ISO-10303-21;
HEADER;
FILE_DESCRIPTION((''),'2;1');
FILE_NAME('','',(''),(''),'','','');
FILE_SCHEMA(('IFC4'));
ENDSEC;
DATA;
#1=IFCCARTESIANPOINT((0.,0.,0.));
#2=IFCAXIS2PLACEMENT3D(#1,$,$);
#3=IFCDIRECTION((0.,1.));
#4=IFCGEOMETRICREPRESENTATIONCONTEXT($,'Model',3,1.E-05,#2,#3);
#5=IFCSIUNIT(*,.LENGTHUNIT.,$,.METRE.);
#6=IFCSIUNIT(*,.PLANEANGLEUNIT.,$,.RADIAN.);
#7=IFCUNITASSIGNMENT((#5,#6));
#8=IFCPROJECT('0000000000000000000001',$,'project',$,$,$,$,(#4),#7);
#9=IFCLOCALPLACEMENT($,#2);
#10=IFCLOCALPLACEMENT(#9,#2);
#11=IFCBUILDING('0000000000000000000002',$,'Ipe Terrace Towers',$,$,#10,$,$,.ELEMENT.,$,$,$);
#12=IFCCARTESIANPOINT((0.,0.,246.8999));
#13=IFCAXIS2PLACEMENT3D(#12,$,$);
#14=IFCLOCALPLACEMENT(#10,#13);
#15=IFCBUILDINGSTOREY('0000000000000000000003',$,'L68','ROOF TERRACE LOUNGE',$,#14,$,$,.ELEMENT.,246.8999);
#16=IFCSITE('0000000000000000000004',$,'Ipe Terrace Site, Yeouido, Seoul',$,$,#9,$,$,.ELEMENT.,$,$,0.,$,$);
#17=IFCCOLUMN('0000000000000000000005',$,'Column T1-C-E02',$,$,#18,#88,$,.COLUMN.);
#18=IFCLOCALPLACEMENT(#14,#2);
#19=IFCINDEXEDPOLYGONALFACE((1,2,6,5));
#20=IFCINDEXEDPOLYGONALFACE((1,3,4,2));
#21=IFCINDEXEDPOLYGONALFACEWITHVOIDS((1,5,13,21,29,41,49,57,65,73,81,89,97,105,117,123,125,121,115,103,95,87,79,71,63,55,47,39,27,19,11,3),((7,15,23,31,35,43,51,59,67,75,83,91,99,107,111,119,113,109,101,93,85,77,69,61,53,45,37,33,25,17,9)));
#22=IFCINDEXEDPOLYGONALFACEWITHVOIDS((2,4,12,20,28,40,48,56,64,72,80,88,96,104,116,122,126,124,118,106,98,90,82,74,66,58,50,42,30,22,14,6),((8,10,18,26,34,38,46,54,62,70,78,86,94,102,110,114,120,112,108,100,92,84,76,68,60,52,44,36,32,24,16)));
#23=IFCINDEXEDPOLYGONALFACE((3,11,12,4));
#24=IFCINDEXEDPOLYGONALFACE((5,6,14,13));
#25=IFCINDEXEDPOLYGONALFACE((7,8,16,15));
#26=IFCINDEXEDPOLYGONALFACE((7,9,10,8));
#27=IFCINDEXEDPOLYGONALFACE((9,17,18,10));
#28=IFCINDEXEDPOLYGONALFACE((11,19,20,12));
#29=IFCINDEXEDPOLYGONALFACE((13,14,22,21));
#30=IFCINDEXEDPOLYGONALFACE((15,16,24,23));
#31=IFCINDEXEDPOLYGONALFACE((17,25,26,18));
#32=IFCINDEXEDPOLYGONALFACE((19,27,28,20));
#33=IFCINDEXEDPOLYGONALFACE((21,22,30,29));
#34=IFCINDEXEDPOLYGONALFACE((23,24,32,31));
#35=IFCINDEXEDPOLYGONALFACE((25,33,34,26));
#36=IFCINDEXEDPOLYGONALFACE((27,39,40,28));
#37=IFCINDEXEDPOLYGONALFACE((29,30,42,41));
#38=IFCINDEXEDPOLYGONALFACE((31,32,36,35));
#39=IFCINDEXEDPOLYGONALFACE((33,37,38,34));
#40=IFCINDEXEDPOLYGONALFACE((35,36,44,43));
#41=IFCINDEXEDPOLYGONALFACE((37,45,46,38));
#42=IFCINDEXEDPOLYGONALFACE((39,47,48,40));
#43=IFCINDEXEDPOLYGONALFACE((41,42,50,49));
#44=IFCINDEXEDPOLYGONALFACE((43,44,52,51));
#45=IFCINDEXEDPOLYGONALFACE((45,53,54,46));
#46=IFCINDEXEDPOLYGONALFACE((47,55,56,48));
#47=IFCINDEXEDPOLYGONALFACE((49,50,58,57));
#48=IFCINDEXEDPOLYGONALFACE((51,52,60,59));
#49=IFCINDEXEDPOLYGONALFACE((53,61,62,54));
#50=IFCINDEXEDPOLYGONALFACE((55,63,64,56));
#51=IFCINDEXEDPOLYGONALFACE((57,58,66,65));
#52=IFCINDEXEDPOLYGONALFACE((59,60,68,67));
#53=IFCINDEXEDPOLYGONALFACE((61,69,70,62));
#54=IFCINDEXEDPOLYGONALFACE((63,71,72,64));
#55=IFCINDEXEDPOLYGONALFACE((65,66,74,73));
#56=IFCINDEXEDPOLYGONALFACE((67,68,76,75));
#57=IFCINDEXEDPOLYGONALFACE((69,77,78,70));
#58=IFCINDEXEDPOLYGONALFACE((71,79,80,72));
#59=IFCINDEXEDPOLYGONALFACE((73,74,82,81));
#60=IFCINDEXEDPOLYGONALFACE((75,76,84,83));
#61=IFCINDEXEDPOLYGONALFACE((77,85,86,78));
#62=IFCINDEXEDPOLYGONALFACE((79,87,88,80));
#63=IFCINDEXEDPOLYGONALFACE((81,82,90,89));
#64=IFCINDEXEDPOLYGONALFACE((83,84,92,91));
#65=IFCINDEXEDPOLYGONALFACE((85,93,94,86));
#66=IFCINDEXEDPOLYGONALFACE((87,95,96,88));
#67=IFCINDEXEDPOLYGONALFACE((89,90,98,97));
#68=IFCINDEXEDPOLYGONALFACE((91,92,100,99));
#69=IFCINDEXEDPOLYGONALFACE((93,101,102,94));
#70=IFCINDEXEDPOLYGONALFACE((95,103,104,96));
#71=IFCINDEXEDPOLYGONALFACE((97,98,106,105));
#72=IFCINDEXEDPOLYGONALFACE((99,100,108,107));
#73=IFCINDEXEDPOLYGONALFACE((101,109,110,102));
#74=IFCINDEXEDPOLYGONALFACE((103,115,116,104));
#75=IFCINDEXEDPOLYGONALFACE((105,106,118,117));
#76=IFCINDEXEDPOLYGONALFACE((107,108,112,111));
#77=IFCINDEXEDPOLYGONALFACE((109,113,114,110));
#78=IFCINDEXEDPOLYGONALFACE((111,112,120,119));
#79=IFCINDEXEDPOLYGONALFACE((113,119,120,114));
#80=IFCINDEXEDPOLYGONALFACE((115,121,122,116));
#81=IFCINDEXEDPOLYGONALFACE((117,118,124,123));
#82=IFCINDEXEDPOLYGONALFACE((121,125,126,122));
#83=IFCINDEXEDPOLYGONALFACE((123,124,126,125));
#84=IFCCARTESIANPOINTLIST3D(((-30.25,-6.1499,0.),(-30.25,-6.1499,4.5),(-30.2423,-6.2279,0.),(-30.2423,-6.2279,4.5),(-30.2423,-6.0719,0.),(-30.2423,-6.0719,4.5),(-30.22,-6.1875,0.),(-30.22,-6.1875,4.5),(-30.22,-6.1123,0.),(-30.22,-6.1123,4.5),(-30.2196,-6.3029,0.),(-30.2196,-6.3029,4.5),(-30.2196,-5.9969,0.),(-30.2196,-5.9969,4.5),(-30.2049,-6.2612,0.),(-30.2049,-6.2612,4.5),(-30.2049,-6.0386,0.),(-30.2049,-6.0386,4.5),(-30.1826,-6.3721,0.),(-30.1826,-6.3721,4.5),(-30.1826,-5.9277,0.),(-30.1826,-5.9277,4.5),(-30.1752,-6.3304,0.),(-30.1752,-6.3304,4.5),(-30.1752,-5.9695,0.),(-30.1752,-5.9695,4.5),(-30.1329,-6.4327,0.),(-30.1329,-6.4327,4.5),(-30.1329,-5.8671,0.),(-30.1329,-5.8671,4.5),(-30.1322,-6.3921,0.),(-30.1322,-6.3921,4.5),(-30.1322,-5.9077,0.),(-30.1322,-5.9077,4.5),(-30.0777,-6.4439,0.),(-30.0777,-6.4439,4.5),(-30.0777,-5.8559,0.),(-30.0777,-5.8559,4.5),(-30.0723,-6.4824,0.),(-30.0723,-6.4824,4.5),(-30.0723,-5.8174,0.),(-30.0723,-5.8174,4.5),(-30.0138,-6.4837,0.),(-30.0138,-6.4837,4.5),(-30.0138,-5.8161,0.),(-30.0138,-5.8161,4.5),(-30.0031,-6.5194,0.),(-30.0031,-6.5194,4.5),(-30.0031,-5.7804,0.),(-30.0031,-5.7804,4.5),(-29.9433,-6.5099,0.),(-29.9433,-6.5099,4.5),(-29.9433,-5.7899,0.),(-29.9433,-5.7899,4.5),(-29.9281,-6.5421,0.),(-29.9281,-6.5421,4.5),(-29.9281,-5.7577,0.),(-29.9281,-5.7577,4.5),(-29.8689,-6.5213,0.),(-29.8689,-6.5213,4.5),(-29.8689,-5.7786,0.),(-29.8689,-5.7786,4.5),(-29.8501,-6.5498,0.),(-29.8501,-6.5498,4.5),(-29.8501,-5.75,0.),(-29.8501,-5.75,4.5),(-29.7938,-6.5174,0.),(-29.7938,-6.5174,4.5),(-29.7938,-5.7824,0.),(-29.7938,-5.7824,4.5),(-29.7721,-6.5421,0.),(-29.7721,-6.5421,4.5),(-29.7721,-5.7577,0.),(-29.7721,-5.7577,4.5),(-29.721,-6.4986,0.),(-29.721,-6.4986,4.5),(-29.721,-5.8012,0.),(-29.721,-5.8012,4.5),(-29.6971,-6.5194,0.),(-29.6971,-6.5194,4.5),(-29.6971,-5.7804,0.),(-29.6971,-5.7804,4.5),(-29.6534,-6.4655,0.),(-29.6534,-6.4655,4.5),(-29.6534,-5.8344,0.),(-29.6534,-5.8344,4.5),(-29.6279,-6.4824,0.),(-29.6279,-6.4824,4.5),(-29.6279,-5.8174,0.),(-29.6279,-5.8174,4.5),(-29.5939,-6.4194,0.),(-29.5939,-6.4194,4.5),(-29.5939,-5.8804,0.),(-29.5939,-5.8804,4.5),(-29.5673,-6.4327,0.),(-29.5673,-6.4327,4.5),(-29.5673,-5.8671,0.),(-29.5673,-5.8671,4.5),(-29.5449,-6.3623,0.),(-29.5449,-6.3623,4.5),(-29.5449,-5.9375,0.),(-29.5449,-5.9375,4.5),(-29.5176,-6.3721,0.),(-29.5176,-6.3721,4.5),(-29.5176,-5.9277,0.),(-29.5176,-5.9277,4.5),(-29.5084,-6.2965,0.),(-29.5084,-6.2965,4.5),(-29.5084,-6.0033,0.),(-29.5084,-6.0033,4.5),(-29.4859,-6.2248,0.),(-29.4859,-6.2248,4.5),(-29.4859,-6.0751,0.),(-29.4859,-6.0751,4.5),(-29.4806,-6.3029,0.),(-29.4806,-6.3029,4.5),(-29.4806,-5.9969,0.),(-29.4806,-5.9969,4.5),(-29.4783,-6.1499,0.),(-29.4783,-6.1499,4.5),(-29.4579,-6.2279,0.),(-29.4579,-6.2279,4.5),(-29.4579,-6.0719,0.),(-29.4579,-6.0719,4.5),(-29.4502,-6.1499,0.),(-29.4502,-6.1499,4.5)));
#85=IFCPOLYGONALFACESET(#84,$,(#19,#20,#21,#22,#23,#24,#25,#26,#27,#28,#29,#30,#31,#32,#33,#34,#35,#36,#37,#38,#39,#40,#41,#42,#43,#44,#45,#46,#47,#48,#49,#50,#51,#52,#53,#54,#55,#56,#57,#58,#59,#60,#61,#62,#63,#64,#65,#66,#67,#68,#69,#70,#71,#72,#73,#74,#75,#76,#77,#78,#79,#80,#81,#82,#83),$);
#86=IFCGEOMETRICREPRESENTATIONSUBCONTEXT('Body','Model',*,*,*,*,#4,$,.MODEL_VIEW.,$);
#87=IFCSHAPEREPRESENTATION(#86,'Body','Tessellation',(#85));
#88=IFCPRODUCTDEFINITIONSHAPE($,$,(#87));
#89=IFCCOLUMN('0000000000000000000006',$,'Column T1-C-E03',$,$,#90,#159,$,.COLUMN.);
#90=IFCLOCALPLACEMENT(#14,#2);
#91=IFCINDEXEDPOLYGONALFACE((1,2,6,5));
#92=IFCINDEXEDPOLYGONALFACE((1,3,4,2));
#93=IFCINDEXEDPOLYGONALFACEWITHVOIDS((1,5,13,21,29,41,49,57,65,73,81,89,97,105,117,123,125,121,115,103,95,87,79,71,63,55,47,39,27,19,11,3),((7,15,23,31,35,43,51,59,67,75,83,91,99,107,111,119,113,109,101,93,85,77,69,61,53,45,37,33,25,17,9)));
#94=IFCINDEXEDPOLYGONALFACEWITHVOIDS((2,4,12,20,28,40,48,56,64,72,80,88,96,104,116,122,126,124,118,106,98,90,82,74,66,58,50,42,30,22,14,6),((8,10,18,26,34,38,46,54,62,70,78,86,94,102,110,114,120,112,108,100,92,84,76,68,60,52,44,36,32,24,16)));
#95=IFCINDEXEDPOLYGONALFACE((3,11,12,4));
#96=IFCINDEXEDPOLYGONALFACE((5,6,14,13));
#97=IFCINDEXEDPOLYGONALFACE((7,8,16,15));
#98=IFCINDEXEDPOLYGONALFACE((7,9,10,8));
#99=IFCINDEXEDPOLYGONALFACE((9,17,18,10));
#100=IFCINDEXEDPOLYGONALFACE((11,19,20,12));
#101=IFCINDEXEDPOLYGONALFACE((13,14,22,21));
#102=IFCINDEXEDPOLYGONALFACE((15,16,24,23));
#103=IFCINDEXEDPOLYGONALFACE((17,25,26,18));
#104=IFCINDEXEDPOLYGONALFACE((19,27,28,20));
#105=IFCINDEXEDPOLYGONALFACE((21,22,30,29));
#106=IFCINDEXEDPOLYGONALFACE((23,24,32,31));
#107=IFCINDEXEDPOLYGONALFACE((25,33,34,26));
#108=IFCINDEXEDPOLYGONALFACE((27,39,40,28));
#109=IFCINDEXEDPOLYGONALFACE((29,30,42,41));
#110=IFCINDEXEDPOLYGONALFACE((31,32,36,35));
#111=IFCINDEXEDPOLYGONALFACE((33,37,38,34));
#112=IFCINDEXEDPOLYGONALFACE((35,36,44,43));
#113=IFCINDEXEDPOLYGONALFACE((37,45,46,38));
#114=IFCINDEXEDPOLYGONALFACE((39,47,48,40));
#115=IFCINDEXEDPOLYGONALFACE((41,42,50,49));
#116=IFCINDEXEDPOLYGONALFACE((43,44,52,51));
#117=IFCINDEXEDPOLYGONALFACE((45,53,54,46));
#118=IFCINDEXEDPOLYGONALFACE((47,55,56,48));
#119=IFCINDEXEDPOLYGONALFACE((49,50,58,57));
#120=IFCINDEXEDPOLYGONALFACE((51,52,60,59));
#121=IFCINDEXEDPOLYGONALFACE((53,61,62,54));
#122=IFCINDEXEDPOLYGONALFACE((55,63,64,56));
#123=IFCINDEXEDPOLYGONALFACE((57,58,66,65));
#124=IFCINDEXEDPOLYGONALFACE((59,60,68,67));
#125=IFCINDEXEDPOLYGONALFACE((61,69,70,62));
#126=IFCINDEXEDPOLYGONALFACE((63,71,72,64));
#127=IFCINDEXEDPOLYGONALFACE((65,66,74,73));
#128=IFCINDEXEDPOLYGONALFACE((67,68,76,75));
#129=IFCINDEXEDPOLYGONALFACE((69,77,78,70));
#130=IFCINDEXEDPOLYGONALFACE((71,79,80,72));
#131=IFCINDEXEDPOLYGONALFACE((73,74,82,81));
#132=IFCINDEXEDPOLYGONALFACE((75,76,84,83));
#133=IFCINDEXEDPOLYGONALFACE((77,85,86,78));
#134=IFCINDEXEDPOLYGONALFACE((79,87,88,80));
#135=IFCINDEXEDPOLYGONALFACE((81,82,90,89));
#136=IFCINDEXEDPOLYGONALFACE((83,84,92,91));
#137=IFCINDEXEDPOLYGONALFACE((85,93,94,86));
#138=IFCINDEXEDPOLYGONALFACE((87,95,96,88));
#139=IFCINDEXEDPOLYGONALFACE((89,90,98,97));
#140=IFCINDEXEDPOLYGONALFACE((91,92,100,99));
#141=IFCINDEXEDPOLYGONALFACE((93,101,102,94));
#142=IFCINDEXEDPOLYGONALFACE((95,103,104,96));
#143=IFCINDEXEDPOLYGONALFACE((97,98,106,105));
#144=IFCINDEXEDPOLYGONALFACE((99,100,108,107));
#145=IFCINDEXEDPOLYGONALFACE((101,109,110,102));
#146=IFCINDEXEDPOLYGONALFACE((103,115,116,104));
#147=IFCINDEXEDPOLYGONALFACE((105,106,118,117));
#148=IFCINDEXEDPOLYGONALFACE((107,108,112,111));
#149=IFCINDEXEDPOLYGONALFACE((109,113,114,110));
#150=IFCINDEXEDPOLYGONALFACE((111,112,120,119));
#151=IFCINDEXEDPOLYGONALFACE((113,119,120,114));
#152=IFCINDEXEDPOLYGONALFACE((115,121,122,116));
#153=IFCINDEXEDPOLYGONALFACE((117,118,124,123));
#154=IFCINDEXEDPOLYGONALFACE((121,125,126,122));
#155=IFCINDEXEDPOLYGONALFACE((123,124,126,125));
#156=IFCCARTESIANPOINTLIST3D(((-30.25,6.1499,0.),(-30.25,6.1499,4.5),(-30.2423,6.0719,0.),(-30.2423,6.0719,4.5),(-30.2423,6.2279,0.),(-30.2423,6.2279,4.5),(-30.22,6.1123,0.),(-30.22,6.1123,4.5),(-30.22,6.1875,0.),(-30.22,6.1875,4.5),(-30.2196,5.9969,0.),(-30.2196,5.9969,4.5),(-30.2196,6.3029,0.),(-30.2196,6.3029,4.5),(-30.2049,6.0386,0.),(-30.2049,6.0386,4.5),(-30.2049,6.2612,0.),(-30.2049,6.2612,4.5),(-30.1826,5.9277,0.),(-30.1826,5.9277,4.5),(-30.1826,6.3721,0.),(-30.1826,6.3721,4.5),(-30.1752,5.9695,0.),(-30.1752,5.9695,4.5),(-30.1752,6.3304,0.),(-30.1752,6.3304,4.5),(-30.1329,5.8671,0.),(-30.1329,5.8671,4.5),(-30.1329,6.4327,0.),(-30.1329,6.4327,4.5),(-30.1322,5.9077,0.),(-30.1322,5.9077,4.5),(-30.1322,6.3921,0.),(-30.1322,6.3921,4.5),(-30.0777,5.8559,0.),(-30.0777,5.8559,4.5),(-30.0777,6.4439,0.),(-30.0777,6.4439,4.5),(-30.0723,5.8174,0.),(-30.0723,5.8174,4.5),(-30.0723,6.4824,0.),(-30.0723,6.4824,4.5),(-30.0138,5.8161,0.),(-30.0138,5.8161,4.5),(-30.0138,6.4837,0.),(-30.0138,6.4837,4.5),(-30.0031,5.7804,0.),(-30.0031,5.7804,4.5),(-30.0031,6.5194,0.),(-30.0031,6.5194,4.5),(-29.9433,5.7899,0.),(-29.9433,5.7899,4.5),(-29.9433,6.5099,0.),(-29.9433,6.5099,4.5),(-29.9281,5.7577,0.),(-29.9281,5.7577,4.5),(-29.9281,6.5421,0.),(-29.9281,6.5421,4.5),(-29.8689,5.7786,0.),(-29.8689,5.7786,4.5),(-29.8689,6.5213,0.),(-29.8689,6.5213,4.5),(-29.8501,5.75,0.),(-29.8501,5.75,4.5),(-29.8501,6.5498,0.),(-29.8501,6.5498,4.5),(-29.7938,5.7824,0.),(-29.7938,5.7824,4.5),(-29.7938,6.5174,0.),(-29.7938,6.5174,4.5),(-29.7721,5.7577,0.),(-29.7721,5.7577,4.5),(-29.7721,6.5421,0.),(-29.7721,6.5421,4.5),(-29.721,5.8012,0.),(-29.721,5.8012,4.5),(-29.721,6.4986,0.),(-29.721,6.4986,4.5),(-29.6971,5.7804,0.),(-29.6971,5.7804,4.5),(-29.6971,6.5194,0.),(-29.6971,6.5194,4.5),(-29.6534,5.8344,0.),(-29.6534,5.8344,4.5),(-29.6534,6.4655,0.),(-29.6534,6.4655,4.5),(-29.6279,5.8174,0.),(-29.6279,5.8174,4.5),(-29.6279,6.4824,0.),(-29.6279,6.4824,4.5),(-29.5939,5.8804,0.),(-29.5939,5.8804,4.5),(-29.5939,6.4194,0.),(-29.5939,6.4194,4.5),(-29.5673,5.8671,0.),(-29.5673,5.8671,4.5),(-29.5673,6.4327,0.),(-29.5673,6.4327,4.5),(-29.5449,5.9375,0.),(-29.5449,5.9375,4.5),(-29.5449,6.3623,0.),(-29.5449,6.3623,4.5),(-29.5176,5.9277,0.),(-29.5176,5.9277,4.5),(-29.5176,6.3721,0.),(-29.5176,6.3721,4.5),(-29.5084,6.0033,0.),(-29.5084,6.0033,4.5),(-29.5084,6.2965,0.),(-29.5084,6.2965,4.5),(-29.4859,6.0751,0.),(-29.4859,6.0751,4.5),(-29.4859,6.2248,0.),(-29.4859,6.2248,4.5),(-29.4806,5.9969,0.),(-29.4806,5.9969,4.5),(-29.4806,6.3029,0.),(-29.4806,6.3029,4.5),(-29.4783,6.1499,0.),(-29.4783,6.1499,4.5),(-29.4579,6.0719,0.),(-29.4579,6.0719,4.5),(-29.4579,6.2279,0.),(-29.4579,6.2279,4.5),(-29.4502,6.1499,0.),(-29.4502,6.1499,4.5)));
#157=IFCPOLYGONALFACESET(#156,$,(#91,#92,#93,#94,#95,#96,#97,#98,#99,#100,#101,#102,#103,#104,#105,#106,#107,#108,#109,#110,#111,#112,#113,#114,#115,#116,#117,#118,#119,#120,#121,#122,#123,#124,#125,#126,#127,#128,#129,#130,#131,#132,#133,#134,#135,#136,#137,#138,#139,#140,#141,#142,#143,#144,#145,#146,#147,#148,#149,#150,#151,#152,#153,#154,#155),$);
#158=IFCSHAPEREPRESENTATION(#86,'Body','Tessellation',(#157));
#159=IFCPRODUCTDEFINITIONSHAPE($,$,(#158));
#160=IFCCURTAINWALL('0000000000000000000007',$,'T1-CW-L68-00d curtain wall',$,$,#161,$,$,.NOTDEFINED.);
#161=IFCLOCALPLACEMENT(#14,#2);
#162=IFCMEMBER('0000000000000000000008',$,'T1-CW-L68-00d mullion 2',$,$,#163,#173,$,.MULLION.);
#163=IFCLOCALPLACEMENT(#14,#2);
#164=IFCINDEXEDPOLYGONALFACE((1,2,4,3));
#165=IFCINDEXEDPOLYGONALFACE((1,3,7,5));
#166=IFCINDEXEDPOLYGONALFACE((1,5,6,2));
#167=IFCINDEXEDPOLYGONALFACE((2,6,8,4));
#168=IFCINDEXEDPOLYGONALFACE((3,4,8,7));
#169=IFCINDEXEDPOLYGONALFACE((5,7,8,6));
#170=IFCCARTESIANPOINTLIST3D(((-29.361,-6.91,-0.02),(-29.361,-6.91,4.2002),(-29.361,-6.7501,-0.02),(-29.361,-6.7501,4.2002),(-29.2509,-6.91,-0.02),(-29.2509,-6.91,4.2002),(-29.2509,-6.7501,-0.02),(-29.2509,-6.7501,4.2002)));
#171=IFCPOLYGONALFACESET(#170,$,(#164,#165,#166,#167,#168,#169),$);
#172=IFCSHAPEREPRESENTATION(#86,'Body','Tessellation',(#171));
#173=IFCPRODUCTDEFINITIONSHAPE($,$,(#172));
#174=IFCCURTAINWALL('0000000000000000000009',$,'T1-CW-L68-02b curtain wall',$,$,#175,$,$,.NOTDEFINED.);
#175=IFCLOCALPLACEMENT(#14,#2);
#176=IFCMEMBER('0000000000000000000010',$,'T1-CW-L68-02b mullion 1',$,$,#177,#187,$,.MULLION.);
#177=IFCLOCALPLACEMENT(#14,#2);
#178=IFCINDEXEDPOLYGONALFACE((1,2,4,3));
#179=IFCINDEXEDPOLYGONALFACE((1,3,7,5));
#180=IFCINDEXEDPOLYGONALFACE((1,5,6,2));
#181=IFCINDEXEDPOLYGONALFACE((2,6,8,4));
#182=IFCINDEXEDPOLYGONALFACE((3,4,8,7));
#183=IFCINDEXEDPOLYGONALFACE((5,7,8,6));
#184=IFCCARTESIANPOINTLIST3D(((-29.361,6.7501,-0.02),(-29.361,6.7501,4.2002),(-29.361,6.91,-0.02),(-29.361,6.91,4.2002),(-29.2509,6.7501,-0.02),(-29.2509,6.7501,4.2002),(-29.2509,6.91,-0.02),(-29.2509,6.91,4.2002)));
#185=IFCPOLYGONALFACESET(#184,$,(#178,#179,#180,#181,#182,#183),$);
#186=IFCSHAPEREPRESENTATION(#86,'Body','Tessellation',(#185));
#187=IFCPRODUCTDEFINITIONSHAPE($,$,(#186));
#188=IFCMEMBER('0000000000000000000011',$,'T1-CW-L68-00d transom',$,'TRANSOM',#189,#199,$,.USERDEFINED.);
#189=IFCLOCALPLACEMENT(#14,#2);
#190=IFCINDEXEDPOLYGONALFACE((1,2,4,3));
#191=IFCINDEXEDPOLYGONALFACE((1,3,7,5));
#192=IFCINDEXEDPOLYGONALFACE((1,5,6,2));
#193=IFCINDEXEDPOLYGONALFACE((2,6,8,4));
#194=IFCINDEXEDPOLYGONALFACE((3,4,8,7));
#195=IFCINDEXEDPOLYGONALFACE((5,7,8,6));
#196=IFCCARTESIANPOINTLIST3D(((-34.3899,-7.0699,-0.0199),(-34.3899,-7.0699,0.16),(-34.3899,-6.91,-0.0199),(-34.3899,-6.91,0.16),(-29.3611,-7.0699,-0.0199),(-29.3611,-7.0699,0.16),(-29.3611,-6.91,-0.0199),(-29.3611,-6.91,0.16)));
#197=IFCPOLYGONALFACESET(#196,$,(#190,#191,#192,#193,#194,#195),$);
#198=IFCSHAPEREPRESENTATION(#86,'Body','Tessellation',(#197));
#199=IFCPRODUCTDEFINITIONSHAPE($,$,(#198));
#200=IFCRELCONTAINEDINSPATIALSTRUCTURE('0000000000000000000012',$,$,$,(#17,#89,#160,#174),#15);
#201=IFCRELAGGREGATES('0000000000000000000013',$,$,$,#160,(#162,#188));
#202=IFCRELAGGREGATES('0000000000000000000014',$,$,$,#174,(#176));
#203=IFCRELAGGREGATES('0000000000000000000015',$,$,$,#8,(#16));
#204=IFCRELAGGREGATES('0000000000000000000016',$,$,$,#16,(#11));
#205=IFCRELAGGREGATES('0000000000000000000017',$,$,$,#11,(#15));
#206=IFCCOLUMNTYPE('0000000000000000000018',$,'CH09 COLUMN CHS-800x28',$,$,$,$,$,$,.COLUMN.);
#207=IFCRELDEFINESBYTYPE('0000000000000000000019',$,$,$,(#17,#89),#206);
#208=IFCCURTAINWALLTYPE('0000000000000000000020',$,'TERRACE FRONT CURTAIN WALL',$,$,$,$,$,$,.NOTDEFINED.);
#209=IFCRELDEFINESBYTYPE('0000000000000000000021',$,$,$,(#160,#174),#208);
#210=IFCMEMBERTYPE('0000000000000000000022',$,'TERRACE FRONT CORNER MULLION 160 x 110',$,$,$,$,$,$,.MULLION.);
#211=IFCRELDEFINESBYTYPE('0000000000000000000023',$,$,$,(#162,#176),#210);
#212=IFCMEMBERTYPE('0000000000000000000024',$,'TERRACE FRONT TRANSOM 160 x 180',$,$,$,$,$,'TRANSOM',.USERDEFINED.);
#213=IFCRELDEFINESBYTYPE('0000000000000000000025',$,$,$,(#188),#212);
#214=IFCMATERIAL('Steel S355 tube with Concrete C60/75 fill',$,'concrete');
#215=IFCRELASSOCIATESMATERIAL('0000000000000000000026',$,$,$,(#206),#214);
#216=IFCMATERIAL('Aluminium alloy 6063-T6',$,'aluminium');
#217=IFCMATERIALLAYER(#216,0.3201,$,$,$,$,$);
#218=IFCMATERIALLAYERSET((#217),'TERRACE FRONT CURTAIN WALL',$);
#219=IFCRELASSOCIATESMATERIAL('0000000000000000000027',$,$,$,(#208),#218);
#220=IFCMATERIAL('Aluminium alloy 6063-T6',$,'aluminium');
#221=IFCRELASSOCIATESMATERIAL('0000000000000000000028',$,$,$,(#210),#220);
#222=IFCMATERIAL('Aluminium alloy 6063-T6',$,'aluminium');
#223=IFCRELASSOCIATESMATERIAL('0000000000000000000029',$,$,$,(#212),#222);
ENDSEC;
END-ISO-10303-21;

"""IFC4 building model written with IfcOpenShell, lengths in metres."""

from ifc_helpers import new_model, si_unit, direction, frame, origin, origin_2d, place, context, subcontext, project, spatial, rectangle, hollow_circle, extrude, material, layer, layer_set, material_profile, profile_set, type_object, element, aggregate, save


model = new_model("IFC4")

# Units and contexts
model_context = context("Model", 3, precision=1e-05, world=origin(), true_north=direction((0.0, 1.0)))
body_context = subcontext(model_context, "Body", "Model", "MODEL_VIEW")
ifc_project = project(units=[si_unit("LENGTHUNIT", "METRE"), si_unit("PLANEANGLEUNIT", "RADIAN")], contexts=[model_context])

# Site, building, storey
site_placement = place(None, origin())
site = spatial("IfcSite", under=ifc_project, at=site_placement, Name="Ipe Terrace Site, Yeouido, Seoul", CompositionType="ELEMENT", RefElevation=0.0)
building_placement = place(site_placement, origin())
building = spatial("IfcBuilding", under=site, at=building_placement, Name="Ipe Terrace Towers", CompositionType="ELEMENT")
storey_placement = place(building_placement, frame((0.0, 0.0, 246.8999)))
storey = spatial("IfcBuildingStorey", under=building, at=storey_placement, Name="L68", Description="ROOF TERRACE LOUNGE", CompositionType="ELEMENT", Elevation=246.8999)

# Columns
ifc_material_1 = material(Name="Steel S355 tube with Concrete C60/75 fill", Category="concrete")
ifc_material_profile_1 = material_profile(ifc_material_1, hollow_circle(Radius=0.3999, WallThickness=0.0281, at=origin_2d()), Name="CHS-800x28")
ifc_profile_set_1 = profile_set([ifc_material_profile_1], Name="Steel S355 tube with Concrete C60/75 fill")
column_type = type_object("IfcColumnType", Name="CH09 COLUMN CHS-800x28", PredefinedType="COLUMN", material=ifc_profile_set_1)
for number, where, z_axis, x_axis, name in (
    (1, (-29.8501, -6.1499, 0.0), (0.0, 0.0, 1.0), (1.0, 0.0, 0.0), "Column T1-C-E02"),
    (2, (-29.8501, 6.1499, 0.0), (0.0, 0.0, 1.0), (1.0, 0.0, 0.0), "Column T1-C-E03"),
):
    element("IfcColumn", number, at=place(storey_placement, frame(where, z_axis=z_axis, x_axis=x_axis)), inside=storey, type_object=column_type, Name=name, PredefinedType="COLUMN", context=body_context, shape_type="SweptSolid", body=[
        extrude(hollow_circle(Radius=0.3999, WallThickness=0.0281, at=origin_2d()), origin(), (0.0, 0.0, 1.0), 4.5),
    ])

# Curtain walls, members
ifc_material_2 = material(Name="Aluminium alloy 6063-T6", Category="aluminium")
ifc_layer_1 = layer(ifc_material_2, 0.3201)
ifc_layer_set_1 = layer_set([ifc_layer_1], Name="TERRACE FRONT CURTAIN WALL")
curtain_wall_type = type_object("IfcCurtainWallType", Name="TERRACE FRONT CURTAIN WALL", PredefinedType="NOTDEFINED", material=ifc_layer_set_1)
curtain_wall_1_placement = place(storey_placement, origin())
curtain_wall_1 = element("IfcCurtainWall", 3, at=curtain_wall_1_placement, inside=storey, type_object=curtain_wall_type, Name="T1-CW-L68-00d curtain wall", PredefinedType="NOTDEFINED")
ifc_material_3 = material(Name="Aluminium alloy 6063-T6", Category="aluminium")
ifc_material_profile_2 = material_profile(ifc_material_3, rectangle(XDim=0.1599, YDim=0.1101, at=origin_2d()), Name="TERRACE FRONT CORNER MULLION 160 x 110")
ifc_profile_set_2 = profile_set([ifc_material_profile_2], Name="Aluminium alloy 6063-T6")
member_type_1 = type_object("IfcMemberType", Name="TERRACE FRONT CORNER MULLION 160 x 110", PredefinedType="MULLION", material=ifc_profile_set_2)
member_1_placement = place(storey_placement, frame((-29.3059, -6.8301, -0.02), z_axis=(0.0, 0.0, 1.0), x_axis=(0.0, -1.0, 0.0)))
member_1 = element("IfcMember", 4, at=member_1_placement, type_object=member_type_1, Name="T1-CW-L68-00d mullion 2", PredefinedType="MULLION", context=body_context, shape_type="SweptSolid", body=[
    extrude(rectangle(XDim=0.1599, YDim=0.1101, at=origin_2d()), origin(), (0.0, 0.0, 1.0), 4.2202),
])
curtain_wall_2_placement = place(storey_placement, origin())
curtain_wall_2 = element("IfcCurtainWall", 5, at=curtain_wall_2_placement, inside=storey, type_object=curtain_wall_type, Name="T1-CW-L68-02b curtain wall", PredefinedType="NOTDEFINED")
member_2_placement = place(storey_placement, frame((-29.3059, 6.8301, -0.02), z_axis=(0.0, 0.0, 1.0), x_axis=(0.0, 1.0, 0.0)))
member_2 = element("IfcMember", 6, at=member_2_placement, type_object=member_type_1, Name="T1-CW-L68-02b mullion 1", PredefinedType="MULLION", context=body_context, shape_type="SweptSolid", body=[
    extrude(rectangle(XDim=0.1599, YDim=0.1101, at=origin_2d()), origin(), (0.0, 0.0, 1.0), 4.2202),
])

# Member
ifc_material_4 = material(Name="Aluminium alloy 6063-T6", Category="aluminium")
ifc_material_profile_3 = material_profile(ifc_material_4, rectangle(XDim=0.1599, YDim=0.1799, at=origin_2d()), Name="TERRACE FRONT TRANSOM 160 x 180")
ifc_profile_set_3 = profile_set([ifc_material_profile_3], Name="Aluminium alloy 6063-T6")
member_type_2 = type_object("IfcMemberType", Name="TERRACE FRONT TRANSOM 160 x 180", ElementType="TRANSOM", PredefinedType="USERDEFINED", material=ifc_profile_set_3)
member_3_placement = place(storey_placement, frame((-34.3899, -6.99, 0.0701), z_axis=(1.0, 0.0, 0.0), x_axis=(0.0, -1.0, 0.0)))
member_3 = element("IfcMember", 7, at=member_3_placement, type_object=member_type_2, Name="T1-CW-L68-00d transom", ObjectType="TRANSOM", PredefinedType="USERDEFINED", context=body_context, shape_type="SweptSolid", body=[
    extrude(rectangle(XDim=0.1599, YDim=0.1799, at=origin_2d()), origin(), (0.0, 0.0, 1.0), 5.0288),
])

aggregate(curtain_wall_1, [member_1, member_3])
aggregate(curtain_wall_2, [member_2])

save(model, "model.ifc")
